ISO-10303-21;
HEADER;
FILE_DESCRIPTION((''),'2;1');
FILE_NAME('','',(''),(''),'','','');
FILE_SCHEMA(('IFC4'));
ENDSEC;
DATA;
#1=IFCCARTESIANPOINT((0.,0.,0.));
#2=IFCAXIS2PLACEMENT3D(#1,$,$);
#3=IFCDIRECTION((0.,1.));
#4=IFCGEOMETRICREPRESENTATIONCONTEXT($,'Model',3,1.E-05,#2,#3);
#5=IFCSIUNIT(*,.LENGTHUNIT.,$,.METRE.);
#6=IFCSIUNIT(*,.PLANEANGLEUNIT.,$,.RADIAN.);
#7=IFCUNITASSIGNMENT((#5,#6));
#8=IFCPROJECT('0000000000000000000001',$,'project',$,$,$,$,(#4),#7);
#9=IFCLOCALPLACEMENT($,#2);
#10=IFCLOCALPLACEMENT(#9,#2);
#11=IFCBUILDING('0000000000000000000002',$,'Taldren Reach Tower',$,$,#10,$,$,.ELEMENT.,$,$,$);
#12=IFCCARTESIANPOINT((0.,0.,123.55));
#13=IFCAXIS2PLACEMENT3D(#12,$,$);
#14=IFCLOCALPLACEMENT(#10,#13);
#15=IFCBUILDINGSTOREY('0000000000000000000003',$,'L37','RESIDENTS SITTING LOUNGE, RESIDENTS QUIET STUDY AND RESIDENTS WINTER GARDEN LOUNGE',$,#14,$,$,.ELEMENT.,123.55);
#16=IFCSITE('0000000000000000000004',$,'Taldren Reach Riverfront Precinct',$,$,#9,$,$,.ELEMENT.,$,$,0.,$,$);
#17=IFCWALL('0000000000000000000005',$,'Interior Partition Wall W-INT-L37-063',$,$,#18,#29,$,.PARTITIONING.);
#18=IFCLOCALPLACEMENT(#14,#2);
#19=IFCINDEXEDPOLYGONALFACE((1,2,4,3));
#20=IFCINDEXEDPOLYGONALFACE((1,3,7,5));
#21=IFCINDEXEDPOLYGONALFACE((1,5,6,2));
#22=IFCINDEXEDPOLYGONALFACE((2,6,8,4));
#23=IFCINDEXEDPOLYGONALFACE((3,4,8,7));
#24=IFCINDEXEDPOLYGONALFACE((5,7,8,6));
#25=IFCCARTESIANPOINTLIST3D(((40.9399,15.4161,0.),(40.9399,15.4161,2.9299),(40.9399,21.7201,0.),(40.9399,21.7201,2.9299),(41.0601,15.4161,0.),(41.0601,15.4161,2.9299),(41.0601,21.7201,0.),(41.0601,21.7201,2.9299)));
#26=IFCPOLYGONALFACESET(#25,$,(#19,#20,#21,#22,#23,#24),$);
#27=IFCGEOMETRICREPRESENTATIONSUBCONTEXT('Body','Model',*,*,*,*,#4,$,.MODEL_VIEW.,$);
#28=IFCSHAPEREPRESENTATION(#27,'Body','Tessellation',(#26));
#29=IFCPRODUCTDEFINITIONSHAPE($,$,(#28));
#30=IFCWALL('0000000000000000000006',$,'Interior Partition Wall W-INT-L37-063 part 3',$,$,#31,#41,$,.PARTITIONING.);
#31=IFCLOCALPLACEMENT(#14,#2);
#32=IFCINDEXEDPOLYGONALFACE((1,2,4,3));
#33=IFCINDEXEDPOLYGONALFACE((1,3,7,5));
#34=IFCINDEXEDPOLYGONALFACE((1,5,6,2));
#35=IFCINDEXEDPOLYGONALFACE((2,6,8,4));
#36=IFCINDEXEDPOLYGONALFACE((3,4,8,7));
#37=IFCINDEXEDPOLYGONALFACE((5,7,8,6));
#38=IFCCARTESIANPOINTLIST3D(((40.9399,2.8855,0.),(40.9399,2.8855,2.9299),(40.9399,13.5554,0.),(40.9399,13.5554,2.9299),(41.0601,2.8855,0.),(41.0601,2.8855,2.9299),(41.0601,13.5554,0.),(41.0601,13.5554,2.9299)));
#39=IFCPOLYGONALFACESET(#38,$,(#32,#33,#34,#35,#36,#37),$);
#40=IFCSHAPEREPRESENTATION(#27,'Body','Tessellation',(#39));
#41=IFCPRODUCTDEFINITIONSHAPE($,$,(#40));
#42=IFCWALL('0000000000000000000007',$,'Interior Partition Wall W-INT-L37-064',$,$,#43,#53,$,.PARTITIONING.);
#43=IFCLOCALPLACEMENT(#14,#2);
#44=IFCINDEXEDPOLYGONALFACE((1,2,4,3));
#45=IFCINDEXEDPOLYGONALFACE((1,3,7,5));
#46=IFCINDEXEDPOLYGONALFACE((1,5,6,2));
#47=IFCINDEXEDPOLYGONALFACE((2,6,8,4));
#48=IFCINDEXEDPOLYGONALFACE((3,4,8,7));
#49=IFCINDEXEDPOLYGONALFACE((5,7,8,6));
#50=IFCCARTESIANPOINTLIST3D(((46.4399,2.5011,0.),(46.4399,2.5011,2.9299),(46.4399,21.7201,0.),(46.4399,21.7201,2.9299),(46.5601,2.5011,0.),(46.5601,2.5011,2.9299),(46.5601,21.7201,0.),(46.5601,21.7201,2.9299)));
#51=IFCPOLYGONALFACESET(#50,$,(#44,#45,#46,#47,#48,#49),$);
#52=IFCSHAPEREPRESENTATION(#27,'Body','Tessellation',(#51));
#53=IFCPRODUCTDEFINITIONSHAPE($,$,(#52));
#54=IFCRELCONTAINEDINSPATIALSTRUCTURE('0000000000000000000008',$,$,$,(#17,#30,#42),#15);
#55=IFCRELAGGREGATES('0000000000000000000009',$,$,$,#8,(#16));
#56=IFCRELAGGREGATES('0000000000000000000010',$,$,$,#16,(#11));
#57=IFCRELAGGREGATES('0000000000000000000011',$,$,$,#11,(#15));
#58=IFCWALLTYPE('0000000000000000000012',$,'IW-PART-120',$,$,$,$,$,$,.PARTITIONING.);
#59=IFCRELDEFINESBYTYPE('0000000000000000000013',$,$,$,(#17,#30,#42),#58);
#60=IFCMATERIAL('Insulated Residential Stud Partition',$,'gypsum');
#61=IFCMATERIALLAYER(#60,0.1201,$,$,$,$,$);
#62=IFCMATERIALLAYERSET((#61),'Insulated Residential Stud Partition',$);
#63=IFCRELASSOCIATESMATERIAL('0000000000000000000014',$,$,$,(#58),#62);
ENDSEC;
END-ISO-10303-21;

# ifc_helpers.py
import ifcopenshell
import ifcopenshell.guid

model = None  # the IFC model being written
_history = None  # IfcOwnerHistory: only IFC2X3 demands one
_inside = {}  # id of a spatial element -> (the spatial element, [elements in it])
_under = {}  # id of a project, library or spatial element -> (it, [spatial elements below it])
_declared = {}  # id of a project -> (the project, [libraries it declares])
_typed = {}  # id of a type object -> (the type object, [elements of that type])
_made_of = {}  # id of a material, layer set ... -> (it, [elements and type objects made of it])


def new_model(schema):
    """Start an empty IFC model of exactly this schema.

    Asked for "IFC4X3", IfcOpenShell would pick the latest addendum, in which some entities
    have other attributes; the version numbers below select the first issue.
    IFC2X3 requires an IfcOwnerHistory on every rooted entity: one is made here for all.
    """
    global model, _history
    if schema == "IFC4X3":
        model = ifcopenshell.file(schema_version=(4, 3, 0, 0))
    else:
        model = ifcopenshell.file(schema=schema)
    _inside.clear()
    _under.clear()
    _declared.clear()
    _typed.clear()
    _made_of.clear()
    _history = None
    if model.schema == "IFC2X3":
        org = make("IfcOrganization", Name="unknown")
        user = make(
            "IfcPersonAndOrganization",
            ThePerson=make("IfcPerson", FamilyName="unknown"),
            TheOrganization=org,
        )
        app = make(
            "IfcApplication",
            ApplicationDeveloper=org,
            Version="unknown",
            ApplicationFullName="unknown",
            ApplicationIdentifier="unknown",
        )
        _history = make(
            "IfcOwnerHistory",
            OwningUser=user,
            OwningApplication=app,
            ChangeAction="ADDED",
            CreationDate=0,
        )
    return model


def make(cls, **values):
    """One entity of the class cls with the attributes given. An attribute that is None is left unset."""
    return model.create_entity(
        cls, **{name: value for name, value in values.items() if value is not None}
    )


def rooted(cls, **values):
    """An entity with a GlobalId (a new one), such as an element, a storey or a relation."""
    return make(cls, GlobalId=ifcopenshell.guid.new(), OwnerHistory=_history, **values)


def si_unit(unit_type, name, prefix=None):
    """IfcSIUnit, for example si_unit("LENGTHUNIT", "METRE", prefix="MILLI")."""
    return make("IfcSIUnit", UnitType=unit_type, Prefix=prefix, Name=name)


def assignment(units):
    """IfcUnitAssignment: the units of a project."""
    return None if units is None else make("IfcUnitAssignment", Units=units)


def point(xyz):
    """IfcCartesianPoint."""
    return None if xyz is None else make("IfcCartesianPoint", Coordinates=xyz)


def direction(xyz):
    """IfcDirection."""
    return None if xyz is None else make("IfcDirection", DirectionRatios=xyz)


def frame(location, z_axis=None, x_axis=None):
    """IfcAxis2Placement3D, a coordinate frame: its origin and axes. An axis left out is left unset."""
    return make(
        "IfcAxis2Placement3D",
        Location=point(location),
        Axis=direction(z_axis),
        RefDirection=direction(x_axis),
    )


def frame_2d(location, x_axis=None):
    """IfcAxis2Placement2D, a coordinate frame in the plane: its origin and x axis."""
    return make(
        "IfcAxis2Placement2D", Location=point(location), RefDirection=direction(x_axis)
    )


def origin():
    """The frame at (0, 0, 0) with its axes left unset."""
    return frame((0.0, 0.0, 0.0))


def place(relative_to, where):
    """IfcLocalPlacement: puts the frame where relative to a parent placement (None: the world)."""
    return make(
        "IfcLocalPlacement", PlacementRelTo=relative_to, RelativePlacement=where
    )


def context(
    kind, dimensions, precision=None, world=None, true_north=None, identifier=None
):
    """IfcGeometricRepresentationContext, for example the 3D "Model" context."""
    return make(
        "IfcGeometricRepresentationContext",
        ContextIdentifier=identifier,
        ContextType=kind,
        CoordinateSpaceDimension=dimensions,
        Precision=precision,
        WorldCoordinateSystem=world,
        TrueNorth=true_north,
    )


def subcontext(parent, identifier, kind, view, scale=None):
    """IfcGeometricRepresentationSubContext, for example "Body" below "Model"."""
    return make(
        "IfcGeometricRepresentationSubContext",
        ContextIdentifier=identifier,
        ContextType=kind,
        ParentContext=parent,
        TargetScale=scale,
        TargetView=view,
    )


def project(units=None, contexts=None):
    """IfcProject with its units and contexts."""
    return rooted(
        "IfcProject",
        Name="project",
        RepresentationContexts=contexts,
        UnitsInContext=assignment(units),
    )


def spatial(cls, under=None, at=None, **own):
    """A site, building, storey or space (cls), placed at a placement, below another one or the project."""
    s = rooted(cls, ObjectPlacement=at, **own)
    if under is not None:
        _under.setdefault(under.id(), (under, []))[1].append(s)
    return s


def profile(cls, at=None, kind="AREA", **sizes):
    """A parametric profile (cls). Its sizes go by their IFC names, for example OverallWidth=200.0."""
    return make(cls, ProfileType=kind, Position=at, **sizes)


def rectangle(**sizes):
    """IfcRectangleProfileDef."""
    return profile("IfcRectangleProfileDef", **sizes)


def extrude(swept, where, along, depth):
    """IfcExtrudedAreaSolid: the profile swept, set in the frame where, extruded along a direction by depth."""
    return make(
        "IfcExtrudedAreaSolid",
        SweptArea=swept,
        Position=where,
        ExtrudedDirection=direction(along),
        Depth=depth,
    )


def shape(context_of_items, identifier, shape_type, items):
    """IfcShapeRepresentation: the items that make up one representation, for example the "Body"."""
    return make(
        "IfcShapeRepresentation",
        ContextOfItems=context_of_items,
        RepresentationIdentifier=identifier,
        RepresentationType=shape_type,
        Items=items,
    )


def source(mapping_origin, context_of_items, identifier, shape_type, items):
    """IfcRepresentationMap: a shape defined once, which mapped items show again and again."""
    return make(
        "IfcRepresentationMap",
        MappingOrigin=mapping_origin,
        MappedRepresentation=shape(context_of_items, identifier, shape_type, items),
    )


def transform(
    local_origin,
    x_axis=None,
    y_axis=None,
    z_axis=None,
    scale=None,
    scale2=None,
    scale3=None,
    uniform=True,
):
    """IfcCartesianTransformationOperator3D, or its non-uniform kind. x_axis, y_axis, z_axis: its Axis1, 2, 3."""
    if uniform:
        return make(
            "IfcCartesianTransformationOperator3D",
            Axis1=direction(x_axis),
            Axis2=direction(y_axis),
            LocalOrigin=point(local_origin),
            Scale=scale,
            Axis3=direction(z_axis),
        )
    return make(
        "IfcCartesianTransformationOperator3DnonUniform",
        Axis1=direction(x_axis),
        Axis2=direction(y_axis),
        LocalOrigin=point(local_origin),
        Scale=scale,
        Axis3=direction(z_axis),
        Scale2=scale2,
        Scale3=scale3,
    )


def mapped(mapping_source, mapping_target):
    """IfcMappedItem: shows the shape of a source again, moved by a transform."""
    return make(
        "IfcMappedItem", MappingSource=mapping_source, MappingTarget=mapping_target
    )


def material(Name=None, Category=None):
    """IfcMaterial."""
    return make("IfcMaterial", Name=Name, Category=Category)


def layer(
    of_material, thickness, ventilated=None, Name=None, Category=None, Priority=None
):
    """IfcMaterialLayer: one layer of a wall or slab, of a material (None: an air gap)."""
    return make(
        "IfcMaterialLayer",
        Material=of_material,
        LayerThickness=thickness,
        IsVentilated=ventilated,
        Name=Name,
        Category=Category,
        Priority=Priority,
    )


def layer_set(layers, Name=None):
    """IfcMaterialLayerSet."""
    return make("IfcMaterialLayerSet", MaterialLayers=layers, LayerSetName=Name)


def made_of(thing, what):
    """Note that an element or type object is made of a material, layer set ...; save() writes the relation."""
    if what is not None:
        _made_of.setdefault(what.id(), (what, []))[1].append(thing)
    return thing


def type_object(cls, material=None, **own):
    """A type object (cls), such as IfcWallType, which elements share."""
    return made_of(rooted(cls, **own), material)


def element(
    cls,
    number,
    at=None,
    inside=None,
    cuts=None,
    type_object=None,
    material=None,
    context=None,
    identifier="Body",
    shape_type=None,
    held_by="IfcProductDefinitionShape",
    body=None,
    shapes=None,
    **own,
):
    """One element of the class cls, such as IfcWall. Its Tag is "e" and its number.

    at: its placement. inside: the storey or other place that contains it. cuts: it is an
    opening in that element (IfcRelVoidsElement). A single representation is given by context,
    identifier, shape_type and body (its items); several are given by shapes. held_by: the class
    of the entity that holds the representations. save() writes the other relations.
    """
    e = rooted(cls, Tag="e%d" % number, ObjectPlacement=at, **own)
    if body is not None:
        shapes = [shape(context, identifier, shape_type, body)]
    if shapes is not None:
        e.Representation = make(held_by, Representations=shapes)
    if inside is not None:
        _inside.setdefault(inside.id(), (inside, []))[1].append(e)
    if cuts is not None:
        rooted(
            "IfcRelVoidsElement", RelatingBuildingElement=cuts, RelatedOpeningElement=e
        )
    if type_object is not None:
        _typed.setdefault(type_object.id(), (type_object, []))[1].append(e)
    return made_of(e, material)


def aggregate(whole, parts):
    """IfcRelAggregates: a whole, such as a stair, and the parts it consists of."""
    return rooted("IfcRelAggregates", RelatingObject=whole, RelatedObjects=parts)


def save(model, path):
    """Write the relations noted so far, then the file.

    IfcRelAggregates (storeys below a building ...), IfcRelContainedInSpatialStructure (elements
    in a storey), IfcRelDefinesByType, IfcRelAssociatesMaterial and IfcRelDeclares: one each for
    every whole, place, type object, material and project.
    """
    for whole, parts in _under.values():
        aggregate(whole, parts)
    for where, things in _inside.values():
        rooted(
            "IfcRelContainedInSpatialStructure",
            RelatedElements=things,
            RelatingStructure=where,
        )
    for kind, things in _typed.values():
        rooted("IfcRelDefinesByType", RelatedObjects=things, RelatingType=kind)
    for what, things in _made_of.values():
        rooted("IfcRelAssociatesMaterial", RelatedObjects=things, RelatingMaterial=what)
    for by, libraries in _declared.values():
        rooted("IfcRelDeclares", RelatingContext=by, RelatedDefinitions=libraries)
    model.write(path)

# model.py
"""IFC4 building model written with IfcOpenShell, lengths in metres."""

from ifc_helpers import new_model, si_unit, direction, frame, frame_2d, origin, place, context, subcontext, project, spatial, rectangle, extrude, source, transform, mapped, material, layer, layer_set, type_object, element, save


model = new_model("IFC4")

# Units and contexts
model_context = context("Model", 3, precision=1e-05, world=origin(), true_north=direction((0.0, 1.0)))
body_context = subcontext(model_context, "Body", "Model", "MODEL_VIEW")
ifc_project = project(units=[si_unit("LENGTHUNIT", "METRE"), si_unit("PLANEANGLEUNIT", "RADIAN")], contexts=[model_context])

# Site, building, storey
site_placement = place(None, origin())
site = spatial("IfcSite", under=ifc_project, at=site_placement, Name="Taldren Reach Riverfront Precinct", CompositionType="ELEMENT", RefElevation=0.0)
building_placement = place(site_placement, origin())
building = spatial("IfcBuilding", under=site, at=building_placement, Name="Taldren Reach Tower", CompositionType="ELEMENT")
storey_placement = place(building_placement, frame((0.0, 0.0, 123.55)))
storey = spatial("IfcBuildingStorey", under=building, at=storey_placement, Name="L37", Description="RESIDENTS SITTING LOUNGE, RESIDENTS QUIET STUDY AND RESIDENTS WINTER GARDEN LOUNGE", CompositionType="ELEMENT", Elevation=123.55)

# Shared definitions
ifc_material_1 = material(Name="Insulated Residential Stud Partition", Category="gypsum")
ifc_layer_1 = layer(ifc_material_1, 0.1201)
ifc_layer_set_1 = layer_set([ifc_layer_1], Name="Insulated Residential Stud Partition")
wall_type_1 = type_object("IfcWallType", Name="IW-PART-120", PredefinedType="PARTITIONING", material=ifc_layer_set_1)

# Walls
shared_shape_1 = source(origin(), body_context, "Body", "SweptSolid", [
    extrude(rectangle(XDim=6.304, YDim=0.1201, at=frame_2d((3.1519, 0.0))), origin(), (0.0, 0.0, 1.0), 2.9299),
])
wall_1_placement = place(storey_placement, frame((41.0, 21.72, 0.0), z_axis=(0.0, 0.0, 1.0), x_axis=(0.0, -1.0, 0.0)))
element("IfcWall", 1, at=wall_1_placement, inside=storey, type_object=wall_type_1, Name="Interior Partition Wall W-INT-L37-063", PredefinedType="PARTITIONING", context=body_context, shape_type="MappedRepresentation", body=[
    mapped(shared_shape_1, transform((0.0, 0.0, 0.0), scale=1.0)),
])
shared_shape_2 = source(origin(), body_context, "Body", "SweptSolid", [
    extrude(rectangle(XDim=10.6699, YDim=0.1201, at=frame_2d((5.335, 0.0))), origin(), (0.0, 0.0, 1.0), 2.9299),
])
wall_2_placement = place(storey_placement, frame((41.0, 13.5554, 0.0), z_axis=(0.0, 0.0, 1.0), x_axis=(0.0, -1.0, 0.0)))
element("IfcWall", 2, at=wall_2_placement, inside=storey, type_object=wall_type_1, Name="Interior Partition Wall W-INT-L37-063 part 3", PredefinedType="PARTITIONING", context=body_context, shape_type="MappedRepresentation", body=[
    mapped(shared_shape_2, transform((0.0, 0.0, 0.0), scale=1.0)),
])
shared_shape_3 = source(origin(), body_context, "Body", "SweptSolid", [
    extrude(rectangle(XDim=19.219, YDim=0.1201, at=frame_2d((9.6094, 0.0))), origin(), (0.0, 0.0, 1.0), 2.9299),
])
wall_3_placement = place(storey_placement, frame((46.5, 21.72, 0.0), z_axis=(0.0, 0.0, 1.0), x_axis=(0.0, -1.0, 0.0)))
element("IfcWall", 3, at=wall_3_placement, inside=storey, type_object=wall_type_1, Name="Interior Partition Wall W-INT-L37-064", PredefinedType="PARTITIONING", context=body_context, shape_type="MappedRepresentation", body=[
    mapped(shared_shape_3, transform((0.0, 0.0, 0.0), scale=1.0)),
])

save(model, "model.ifc")
